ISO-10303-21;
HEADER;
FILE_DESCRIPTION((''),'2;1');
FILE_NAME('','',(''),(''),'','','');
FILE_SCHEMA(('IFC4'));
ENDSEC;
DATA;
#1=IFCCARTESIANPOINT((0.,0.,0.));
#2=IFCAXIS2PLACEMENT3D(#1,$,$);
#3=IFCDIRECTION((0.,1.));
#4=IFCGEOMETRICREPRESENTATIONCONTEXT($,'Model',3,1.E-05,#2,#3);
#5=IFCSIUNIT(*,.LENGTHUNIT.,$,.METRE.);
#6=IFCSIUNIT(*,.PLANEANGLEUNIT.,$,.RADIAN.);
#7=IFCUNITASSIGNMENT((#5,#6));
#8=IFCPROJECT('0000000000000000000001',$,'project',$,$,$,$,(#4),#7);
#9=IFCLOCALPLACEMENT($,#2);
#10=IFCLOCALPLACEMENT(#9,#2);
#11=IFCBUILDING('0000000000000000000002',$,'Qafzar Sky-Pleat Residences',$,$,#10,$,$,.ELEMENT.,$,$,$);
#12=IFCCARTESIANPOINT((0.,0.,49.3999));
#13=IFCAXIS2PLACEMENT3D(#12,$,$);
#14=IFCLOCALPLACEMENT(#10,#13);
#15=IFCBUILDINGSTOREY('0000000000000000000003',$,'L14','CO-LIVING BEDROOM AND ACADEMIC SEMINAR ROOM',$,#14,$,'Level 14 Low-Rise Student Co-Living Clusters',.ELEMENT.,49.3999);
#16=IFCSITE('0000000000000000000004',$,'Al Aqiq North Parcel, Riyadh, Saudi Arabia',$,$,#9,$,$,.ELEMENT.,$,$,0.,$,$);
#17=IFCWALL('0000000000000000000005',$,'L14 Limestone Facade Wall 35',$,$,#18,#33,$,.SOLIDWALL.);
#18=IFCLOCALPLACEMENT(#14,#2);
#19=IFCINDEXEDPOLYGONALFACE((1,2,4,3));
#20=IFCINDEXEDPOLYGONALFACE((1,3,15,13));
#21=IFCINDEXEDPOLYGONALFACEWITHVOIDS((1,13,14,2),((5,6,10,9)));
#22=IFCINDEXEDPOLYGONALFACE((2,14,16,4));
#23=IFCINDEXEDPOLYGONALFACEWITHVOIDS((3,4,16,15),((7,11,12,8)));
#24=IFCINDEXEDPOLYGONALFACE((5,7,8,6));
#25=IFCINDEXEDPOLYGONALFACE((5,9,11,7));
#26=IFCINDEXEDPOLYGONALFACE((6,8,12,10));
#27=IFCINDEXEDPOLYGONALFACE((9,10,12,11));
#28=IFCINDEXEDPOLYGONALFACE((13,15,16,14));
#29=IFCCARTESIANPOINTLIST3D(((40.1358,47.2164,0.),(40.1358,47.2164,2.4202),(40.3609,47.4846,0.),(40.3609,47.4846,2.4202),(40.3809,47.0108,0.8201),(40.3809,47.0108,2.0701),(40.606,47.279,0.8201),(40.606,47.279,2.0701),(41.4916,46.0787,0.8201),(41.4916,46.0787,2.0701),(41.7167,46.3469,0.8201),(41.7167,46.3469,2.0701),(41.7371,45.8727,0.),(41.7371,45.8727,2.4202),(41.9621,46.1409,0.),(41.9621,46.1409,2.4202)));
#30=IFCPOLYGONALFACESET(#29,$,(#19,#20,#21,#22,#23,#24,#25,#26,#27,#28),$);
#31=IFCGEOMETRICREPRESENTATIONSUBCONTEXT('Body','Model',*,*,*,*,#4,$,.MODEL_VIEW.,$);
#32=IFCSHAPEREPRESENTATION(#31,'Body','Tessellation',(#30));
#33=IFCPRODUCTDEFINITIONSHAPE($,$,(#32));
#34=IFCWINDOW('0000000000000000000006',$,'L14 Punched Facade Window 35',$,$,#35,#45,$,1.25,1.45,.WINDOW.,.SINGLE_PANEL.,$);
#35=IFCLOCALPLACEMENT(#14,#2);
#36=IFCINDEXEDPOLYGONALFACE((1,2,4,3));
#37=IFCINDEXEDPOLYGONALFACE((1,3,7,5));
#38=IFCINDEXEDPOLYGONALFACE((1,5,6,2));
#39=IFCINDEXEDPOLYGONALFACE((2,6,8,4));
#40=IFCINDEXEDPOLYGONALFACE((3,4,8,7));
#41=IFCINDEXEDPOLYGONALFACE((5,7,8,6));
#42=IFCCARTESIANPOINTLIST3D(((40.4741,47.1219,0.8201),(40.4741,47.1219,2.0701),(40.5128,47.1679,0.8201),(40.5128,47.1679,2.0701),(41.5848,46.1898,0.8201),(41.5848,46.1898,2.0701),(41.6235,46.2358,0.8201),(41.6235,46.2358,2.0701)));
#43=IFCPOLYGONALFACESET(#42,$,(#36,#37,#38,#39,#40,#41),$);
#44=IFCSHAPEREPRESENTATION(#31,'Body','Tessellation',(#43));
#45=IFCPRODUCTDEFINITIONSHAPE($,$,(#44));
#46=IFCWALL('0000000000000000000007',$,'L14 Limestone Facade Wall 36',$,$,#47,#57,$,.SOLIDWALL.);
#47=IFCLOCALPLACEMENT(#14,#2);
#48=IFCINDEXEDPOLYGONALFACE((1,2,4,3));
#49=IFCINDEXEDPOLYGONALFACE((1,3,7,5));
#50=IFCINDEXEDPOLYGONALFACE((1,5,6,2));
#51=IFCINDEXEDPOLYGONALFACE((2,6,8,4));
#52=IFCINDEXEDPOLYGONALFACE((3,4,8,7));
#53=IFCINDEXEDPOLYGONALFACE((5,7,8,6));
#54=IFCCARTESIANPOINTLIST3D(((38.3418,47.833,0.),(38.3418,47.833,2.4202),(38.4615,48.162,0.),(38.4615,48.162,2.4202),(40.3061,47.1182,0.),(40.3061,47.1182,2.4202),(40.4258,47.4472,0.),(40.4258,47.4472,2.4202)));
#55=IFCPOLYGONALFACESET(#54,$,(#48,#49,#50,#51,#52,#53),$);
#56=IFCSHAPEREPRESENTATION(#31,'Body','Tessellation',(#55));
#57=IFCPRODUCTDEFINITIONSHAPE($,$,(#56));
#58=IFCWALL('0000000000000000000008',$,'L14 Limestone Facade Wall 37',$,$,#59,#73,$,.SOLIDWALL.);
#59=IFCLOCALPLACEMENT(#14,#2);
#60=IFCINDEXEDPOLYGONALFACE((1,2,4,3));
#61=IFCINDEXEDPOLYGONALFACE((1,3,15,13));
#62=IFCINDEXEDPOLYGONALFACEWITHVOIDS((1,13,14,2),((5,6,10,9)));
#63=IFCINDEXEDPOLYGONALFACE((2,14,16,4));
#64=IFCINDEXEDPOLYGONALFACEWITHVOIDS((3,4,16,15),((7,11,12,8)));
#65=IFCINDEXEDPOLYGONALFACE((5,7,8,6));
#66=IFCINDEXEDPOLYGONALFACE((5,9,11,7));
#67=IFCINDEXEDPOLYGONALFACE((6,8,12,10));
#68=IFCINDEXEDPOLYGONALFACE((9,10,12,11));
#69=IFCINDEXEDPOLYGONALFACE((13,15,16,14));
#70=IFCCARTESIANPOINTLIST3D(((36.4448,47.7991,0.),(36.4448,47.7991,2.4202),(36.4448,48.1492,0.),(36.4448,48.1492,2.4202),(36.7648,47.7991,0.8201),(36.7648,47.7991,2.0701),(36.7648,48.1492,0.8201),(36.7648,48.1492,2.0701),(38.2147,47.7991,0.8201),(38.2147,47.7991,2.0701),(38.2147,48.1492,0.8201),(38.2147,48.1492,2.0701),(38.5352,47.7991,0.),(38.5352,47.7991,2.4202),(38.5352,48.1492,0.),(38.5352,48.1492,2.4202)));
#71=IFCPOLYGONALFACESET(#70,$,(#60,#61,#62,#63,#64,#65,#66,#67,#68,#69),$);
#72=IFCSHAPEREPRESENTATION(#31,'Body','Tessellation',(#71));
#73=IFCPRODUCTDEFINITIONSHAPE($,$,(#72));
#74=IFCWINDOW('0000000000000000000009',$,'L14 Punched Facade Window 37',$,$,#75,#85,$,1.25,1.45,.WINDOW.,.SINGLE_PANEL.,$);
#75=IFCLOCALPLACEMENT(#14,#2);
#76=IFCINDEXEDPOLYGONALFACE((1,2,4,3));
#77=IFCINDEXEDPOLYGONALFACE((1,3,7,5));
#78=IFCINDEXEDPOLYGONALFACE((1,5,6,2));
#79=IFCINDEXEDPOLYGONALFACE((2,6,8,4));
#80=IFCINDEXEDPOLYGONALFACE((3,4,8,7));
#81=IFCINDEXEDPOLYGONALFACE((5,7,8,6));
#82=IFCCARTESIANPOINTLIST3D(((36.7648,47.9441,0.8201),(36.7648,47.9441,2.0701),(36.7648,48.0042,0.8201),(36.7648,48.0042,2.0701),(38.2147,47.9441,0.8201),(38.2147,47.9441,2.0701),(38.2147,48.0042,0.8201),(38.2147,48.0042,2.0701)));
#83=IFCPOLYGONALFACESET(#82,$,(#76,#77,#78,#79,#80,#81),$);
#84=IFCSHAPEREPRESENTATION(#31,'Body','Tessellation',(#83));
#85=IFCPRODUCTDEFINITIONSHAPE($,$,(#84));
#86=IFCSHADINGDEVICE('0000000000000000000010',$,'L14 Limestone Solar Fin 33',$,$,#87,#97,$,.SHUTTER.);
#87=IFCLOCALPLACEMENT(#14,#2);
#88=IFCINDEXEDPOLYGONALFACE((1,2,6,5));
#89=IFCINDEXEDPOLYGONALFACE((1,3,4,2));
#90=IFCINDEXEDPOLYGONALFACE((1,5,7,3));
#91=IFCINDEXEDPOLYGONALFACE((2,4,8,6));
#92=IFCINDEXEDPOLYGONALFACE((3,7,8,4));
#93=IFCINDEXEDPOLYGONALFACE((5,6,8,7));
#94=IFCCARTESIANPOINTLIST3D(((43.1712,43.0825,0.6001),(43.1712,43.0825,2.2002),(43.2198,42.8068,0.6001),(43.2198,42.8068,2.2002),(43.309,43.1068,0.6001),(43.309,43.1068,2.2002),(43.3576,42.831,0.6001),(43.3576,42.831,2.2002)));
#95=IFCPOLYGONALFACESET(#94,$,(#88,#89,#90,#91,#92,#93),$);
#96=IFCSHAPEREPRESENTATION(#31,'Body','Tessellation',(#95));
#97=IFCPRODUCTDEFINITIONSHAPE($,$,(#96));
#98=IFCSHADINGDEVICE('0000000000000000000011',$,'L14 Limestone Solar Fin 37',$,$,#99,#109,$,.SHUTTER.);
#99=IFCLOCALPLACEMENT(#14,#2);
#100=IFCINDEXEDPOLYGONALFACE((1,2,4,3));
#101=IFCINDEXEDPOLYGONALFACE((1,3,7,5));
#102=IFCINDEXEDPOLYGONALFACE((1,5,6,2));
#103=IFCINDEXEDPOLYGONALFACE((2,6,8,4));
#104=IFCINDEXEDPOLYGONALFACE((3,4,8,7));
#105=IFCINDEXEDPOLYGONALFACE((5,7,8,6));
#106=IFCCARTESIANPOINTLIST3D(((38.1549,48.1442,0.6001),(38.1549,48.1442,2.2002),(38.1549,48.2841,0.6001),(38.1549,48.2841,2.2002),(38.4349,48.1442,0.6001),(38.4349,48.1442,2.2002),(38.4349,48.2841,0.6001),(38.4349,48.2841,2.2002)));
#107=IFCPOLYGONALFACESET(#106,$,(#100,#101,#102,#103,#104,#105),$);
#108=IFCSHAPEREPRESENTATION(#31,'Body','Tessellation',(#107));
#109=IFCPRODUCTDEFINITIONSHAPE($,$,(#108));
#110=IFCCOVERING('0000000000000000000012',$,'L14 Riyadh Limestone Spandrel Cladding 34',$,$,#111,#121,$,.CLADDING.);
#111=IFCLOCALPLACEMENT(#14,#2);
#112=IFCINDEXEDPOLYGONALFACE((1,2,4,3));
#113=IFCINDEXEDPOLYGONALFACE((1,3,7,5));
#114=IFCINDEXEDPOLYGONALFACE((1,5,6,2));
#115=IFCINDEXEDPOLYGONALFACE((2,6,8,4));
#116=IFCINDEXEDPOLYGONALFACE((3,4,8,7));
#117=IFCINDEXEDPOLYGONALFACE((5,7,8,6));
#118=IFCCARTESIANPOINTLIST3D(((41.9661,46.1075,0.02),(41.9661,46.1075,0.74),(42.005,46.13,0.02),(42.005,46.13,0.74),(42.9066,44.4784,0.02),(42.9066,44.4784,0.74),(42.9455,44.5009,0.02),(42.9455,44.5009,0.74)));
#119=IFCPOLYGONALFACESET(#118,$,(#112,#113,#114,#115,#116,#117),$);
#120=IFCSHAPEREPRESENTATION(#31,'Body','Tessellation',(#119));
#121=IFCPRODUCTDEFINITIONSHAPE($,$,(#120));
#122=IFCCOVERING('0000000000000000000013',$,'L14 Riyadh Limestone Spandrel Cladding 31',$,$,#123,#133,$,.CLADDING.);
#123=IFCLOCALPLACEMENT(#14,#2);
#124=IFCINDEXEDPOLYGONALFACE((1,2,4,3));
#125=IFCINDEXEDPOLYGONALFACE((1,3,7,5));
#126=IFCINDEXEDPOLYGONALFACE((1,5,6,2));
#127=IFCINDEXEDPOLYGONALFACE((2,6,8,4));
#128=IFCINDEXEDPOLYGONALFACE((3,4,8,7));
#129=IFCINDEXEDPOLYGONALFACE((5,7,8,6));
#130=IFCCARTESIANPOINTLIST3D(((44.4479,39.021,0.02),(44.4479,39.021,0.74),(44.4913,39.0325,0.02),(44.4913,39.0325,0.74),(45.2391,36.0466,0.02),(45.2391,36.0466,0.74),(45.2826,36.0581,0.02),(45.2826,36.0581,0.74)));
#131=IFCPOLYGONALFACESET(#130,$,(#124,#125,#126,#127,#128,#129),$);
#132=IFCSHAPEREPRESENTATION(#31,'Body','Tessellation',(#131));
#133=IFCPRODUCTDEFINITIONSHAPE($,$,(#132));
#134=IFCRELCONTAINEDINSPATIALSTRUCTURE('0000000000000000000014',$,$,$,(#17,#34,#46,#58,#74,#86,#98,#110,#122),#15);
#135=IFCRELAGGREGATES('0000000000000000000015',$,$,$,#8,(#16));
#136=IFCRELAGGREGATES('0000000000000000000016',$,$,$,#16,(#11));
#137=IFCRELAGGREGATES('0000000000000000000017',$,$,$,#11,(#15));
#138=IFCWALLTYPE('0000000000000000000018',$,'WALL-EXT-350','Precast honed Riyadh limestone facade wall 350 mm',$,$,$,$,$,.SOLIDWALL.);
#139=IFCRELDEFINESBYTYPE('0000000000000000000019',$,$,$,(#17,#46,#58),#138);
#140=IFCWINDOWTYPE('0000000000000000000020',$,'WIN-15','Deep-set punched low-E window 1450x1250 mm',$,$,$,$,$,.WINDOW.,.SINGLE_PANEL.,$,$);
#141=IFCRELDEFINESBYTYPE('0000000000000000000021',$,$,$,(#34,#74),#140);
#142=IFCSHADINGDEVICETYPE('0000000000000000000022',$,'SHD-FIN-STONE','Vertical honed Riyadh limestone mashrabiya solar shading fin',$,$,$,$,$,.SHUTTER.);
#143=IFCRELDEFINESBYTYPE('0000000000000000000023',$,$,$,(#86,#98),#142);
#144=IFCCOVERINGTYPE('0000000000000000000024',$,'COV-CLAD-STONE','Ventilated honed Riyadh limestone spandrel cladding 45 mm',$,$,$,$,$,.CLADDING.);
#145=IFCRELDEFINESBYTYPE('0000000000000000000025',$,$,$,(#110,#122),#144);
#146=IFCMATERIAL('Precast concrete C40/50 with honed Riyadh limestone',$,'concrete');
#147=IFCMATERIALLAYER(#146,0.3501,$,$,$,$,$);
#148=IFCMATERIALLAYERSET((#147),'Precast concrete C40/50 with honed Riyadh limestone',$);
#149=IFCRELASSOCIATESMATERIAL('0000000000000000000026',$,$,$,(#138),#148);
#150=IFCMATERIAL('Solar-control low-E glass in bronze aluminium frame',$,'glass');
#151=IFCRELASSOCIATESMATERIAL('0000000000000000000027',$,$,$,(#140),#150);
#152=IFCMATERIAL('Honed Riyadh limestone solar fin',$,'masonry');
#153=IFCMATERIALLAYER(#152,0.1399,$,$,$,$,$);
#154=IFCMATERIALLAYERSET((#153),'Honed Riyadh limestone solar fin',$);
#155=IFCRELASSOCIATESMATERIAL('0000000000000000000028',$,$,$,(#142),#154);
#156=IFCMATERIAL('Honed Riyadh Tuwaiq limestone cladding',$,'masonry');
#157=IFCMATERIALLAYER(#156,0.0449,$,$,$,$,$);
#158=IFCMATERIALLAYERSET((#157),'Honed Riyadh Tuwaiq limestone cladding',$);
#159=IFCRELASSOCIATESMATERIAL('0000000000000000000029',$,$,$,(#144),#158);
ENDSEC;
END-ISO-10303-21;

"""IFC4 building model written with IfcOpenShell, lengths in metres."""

from ifc_helpers import new_model, si_unit, direction, frame, frame_2d, origin, origin_2d, place, context, subcontext, project, spatial, rectangle, extrude, source, transform, mapped, material, layer, layer_set, type_object, element, fill, save


model = new_model("IFC4")

# Units and contexts
model_context = context("Model", 3, precision=1e-05, world=origin(), true_north=direction((0.0, 1.0)))
body_context = subcontext(model_context, "Body", "Model", "MODEL_VIEW")
ifc_project = project(units=[si_unit("LENGTHUNIT", "METRE"), si_unit("PLANEANGLEUNIT", "RADIAN")], contexts=[model_context])

# Site, building, storey
site_placement = place(None, origin())
site = spatial("IfcSite", under=ifc_project, at=site_placement, Name="Al Aqiq North Parcel, Riyadh, Saudi Arabia", CompositionType="ELEMENT", RefElevation=0.0)
building_placement = place(site_placement, origin())
building = spatial("IfcBuilding", under=site, at=building_placement, Name="Qafzar Sky-Pleat Residences", CompositionType="ELEMENT")
storey_placement = place(building_placement, frame((0.0, 0.0, 49.3999)))
storey = spatial("IfcBuildingStorey", under=building, at=storey_placement, Name="L14", Description="CO-LIVING BEDROOM AND ACADEMIC SEMINAR ROOM", LongName="Level 14 Low-Rise Student Co-Living Clusters", CompositionType="ELEMENT", Elevation=49.3999)

# Wall, opening, window
ifc_material_1 = material(Name="Precast concrete C40/50 with honed Riyadh limestone", Category="concrete")
ifc_layer_1 = layer(ifc_material_1, 0.3501)
ifc_layer_set_1 = layer_set([ifc_layer_1], Name="Precast concrete C40/50 with honed Riyadh limestone")
wall_type_1 = type_object("IfcWallType", Name="WALL-EXT-350", Description="Precast honed Riyadh limestone facade wall 350 mm", PredefinedType="SOLIDWALL", material=ifc_layer_set_1)
ifc_material_2 = material(Name="Solar-control low-E glass in bronze aluminium frame", Category="glass")
wall_1_placement = place(storey_placement, frame((41.8496, 46.0068, 0.0), z_axis=(0.0, 0.0, 1.0), x_axis=(-0.766025, 0.642811, 0.0)))
wall_1 = element("IfcWall", 1, at=wall_1_placement, inside=storey, type_object=wall_type_1, Name="L14 Limestone Facade Wall 35", PredefinedType="SOLIDWALL", context=body_context, shape_type="SweptSolid", body=[
    extrude(rectangle(XDim=2.0903, YDim=0.3501, at=frame_2d((1.0452, 0.0))), origin(), (0.0, 0.0, 1.0), 2.4202),
])
opening_1_placement = place(wall_1_placement, frame((0.3203, 0.0, 0.8201)))
opening_1 = element("IfcOpeningElement", 2, at=opening_1_placement, cuts=wall_1, PredefinedType="OPENING", context=body_context, shape_type="SweptSolid", body=[
    extrude(rectangle(XDim=1.45, YDim=1.25, at=frame_2d((0.7251, 0.625))), frame((0.0, 0.1851, 0.0), z_axis=(0.0, -1.0, 0.0), x_axis=(1.0, 0.0, 0.0)), (0.0, 0.0, 1.0), 0.3701),
])
window_type_1 = type_object("IfcWindowType", Name="WIN-15", Description="Deep-set punched low-E window 1450x1250 mm", PartitioningType="SINGLE_PANEL", PredefinedType="WINDOW", material=ifc_material_2)
shared_shape_1 = source(origin(), body_context, "Body", "SweptSolid", [
    extrude(rectangle(XDim=1.45, YDim=1.25, at=frame_2d((0.7251, 0.625))), frame((0.0, 0.03, 0.0), z_axis=(0.0, -1.0, 0.0), x_axis=(1.0, 0.0, 0.0)), (0.0, 0.0, 1.0), 0.0601),
])
window_1_placement = place(opening_1_placement, origin())
window_1 = element("IfcWindow", 3, at=window_1_placement, inside=storey, type_object=window_type_1, Name="L14 Punched Facade Window 35", OverallHeight=1.25, OverallWidth=1.45, PartitioningType="SINGLE_PANEL", PredefinedType="WINDOW", context=body_context, shape_type="MappedRepresentation", body=[
    mapped(shared_shape_1, transform((0.0, 0.0, 0.0), x_axis=(1.0, 0.0, 0.0), y_axis=(0.0, 1.0, 0.0), z_axis=(0.0, 0.0, 1.0), scale=1.0)),
])
fill(opening_1, window_1)

# Wall
wall_2_placement = place(storey_placement, frame((40.366, 47.2827, 0.0), z_axis=(0.0, 0.0, 1.0), x_axis=(-0.939712, 0.341968, 0.0)))
element("IfcWall", 4, at=wall_2_placement, inside=storey, type_object=wall_type_1, Name="L14 Limestone Facade Wall 36", PredefinedType="SOLIDWALL", context=body_context, shape_type="SweptSolid", body=[
    extrude(rectangle(XDim=2.0903, YDim=0.3501, at=frame_2d((1.0452, 0.0))), origin(), (0.0, 0.0, 1.0), 2.4202),
])

# Wall, opening, window
wall_3_placement = place(storey_placement, frame((38.5352, 47.9741, 0.0), z_axis=(0.0, 0.0, 1.0), x_axis=(-1.0, 0.0, 0.0)))
wall_3 = element("IfcWall", 5, at=wall_3_placement, inside=storey, type_object=wall_type_1, Name="L14 Limestone Facade Wall 37", PredefinedType="SOLIDWALL", context=body_context, shape_type="SweptSolid", body=[
    extrude(rectangle(XDim=2.0903, YDim=0.3501, at=frame_2d((1.0452, 0.0))), origin(), (0.0, 0.0, 1.0), 2.4202),
])
opening_2_placement = place(wall_3_placement, frame((0.3203, 0.0, 0.8201)))
opening_2 = element("IfcOpeningElement", 6, at=opening_2_placement, cuts=wall_3, PredefinedType="OPENING", context=body_context, shape_type="SweptSolid", body=[
    extrude(rectangle(XDim=1.45, YDim=1.25, at=frame_2d((0.7251, 0.625))), frame((0.0, 0.1851, 0.0), z_axis=(0.0, -1.0, 0.0), x_axis=(1.0, 0.0, 0.0)), (0.0, 0.0, 1.0), 0.3701),
])
window_2_placement = place(opening_2_placement, origin())
window_2 = element("IfcWindow", 7, at=window_2_placement, inside=storey, type_object=window_type_1, Name="L14 Punched Facade Window 37", OverallHeight=1.25, OverallWidth=1.45, PartitioningType="SINGLE_PANEL", PredefinedType="WINDOW", context=body_context, shape_type="MappedRepresentation", body=[
    mapped(shared_shape_1, transform((0.0, 0.0, 0.0), x_axis=(1.0, 0.0, 0.0), y_axis=(0.0, 1.0, 0.0), z_axis=(0.0, 0.0, 1.0), scale=1.0)),
])
fill(opening_2, window_2)

# Shading devices
ifc_material_3 = material(Name="Honed Riyadh limestone solar fin", Category="masonry")
ifc_layer_2 = layer(ifc_material_3, 0.1399)
ifc_layer_set_2 = layer_set([ifc_layer_2], Name="Honed Riyadh limestone solar fin")
shading_device_type = type_object("IfcShadingDeviceType", Name="SHD-FIN-STONE", Description="Vertical honed Riyadh limestone mashrabiya solar shading fin", PredefinedType="SHUTTER", material=ifc_layer_set_2)
shared_shape_2 = source(origin(), body_context, "Body", "SweptSolid", [
    extrude(rectangle(XDim=0.1399, YDim=0.28, at=origin_2d()), origin(), (0.0, 0.0, 1.0), 1.6001),
])
for number, where, z_axis, x_axis, name in (
    (8, (43.2644, 42.9568, 0.6001), (0.0, 0.0, 1.0), (0.984806, 0.173658, 0.0), "L14 Limestone Solar Fin 33"),
    (9, (38.2949, 48.2141, 0.6001), (0.0, 0.0, 1.0), (0.0, 1.0, 0.0), "L14 Limestone Solar Fin 37"),
):
    element("IfcShadingDevice", number, at=place(storey_placement, frame(where, z_axis=z_axis, x_axis=x_axis)), inside=storey, type_object=shading_device_type, Name=name, PredefinedType="SHUTTER", context=body_context, shape_type="MappedRepresentation", body=[
        mapped(shared_shape_2, transform((0.0, 0.0, 0.0), x_axis=(1.0, 0.0, 0.0), y_axis=(0.0, 1.0, 0.0), z_axis=(0.0, 0.0, 1.0), scale=1.0)),
    ])

# Coverings
ifc_material_4 = material(Name="Honed Riyadh Tuwaiq limestone cladding", Category="masonry")
ifc_layer_3 = layer(ifc_material_4, 0.0449)
ifc_layer_set_3 = layer_set([ifc_layer_3], Name="Honed Riyadh Tuwaiq limestone cladding")
covering_type = type_object("IfcCoveringType", Name="COV-CLAD-STONE", Description="Ventilated honed Riyadh limestone spandrel cladding 45 mm", PredefinedType="CLADDING", material=ifc_layer_set_3)
shared_shape_3 = source(origin(), body_context, "Body", "SweptSolid", [
    extrude(rectangle(XDim=1.8811, YDim=0.0449, at=origin_2d()), origin(), (0.0, 0.0, 1.0), 0.72),
])
covering_1_placement = place(storey_placement, frame((42.4558, 45.3042, 0.02), z_axis=(0.0, 0.0, 1.0), x_axis=(-0.499993, 0.866029, 0.0)))
element("IfcCovering", 10, at=covering_1_placement, inside=storey, type_object=covering_type, Name="L14 Riyadh Limestone Spandrel Cladding 34", PredefinedType="CLADDING", context=body_context, shape_type="MappedRepresentation", body=[
    mapped(shared_shape_3, transform((0.0, 0.0, 0.0), x_axis=(1.0, 0.0, 0.0), y_axis=(0.0, 1.0, 0.0), z_axis=(0.0, 0.0, 1.0), scale=1.0)),
])
shared_shape_4 = source(origin(), body_context, "Body", "SweptSolid", [
    extrude(rectangle(XDim=3.0779, YDim=0.0449, at=origin_2d()), origin(), (0.0, 0.0, 1.0), 0.72),
])
covering_2_placement = place(storey_placement, frame((44.8652, 37.5396, 0.02), z_axis=(0.0, 0.0, 1.0), x_axis=(-0.257067, 0.966393, 0.0)))
element("IfcCovering", 11, at=covering_2_placement, inside=storey, type_object=covering_type, Name="L14 Riyadh Limestone Spandrel Cladding 31", PredefinedType="CLADDING", context=body_context, shape_type="MappedRepresentation", body=[
    mapped(shared_shape_4, transform((0.0, 0.0, 0.0), x_axis=(1.0, 0.0, 0.0), y_axis=(0.0, 1.0, 0.0), z_axis=(0.0, 0.0, 1.0), scale=1.0)),
])

save(model, "model.ifc")
